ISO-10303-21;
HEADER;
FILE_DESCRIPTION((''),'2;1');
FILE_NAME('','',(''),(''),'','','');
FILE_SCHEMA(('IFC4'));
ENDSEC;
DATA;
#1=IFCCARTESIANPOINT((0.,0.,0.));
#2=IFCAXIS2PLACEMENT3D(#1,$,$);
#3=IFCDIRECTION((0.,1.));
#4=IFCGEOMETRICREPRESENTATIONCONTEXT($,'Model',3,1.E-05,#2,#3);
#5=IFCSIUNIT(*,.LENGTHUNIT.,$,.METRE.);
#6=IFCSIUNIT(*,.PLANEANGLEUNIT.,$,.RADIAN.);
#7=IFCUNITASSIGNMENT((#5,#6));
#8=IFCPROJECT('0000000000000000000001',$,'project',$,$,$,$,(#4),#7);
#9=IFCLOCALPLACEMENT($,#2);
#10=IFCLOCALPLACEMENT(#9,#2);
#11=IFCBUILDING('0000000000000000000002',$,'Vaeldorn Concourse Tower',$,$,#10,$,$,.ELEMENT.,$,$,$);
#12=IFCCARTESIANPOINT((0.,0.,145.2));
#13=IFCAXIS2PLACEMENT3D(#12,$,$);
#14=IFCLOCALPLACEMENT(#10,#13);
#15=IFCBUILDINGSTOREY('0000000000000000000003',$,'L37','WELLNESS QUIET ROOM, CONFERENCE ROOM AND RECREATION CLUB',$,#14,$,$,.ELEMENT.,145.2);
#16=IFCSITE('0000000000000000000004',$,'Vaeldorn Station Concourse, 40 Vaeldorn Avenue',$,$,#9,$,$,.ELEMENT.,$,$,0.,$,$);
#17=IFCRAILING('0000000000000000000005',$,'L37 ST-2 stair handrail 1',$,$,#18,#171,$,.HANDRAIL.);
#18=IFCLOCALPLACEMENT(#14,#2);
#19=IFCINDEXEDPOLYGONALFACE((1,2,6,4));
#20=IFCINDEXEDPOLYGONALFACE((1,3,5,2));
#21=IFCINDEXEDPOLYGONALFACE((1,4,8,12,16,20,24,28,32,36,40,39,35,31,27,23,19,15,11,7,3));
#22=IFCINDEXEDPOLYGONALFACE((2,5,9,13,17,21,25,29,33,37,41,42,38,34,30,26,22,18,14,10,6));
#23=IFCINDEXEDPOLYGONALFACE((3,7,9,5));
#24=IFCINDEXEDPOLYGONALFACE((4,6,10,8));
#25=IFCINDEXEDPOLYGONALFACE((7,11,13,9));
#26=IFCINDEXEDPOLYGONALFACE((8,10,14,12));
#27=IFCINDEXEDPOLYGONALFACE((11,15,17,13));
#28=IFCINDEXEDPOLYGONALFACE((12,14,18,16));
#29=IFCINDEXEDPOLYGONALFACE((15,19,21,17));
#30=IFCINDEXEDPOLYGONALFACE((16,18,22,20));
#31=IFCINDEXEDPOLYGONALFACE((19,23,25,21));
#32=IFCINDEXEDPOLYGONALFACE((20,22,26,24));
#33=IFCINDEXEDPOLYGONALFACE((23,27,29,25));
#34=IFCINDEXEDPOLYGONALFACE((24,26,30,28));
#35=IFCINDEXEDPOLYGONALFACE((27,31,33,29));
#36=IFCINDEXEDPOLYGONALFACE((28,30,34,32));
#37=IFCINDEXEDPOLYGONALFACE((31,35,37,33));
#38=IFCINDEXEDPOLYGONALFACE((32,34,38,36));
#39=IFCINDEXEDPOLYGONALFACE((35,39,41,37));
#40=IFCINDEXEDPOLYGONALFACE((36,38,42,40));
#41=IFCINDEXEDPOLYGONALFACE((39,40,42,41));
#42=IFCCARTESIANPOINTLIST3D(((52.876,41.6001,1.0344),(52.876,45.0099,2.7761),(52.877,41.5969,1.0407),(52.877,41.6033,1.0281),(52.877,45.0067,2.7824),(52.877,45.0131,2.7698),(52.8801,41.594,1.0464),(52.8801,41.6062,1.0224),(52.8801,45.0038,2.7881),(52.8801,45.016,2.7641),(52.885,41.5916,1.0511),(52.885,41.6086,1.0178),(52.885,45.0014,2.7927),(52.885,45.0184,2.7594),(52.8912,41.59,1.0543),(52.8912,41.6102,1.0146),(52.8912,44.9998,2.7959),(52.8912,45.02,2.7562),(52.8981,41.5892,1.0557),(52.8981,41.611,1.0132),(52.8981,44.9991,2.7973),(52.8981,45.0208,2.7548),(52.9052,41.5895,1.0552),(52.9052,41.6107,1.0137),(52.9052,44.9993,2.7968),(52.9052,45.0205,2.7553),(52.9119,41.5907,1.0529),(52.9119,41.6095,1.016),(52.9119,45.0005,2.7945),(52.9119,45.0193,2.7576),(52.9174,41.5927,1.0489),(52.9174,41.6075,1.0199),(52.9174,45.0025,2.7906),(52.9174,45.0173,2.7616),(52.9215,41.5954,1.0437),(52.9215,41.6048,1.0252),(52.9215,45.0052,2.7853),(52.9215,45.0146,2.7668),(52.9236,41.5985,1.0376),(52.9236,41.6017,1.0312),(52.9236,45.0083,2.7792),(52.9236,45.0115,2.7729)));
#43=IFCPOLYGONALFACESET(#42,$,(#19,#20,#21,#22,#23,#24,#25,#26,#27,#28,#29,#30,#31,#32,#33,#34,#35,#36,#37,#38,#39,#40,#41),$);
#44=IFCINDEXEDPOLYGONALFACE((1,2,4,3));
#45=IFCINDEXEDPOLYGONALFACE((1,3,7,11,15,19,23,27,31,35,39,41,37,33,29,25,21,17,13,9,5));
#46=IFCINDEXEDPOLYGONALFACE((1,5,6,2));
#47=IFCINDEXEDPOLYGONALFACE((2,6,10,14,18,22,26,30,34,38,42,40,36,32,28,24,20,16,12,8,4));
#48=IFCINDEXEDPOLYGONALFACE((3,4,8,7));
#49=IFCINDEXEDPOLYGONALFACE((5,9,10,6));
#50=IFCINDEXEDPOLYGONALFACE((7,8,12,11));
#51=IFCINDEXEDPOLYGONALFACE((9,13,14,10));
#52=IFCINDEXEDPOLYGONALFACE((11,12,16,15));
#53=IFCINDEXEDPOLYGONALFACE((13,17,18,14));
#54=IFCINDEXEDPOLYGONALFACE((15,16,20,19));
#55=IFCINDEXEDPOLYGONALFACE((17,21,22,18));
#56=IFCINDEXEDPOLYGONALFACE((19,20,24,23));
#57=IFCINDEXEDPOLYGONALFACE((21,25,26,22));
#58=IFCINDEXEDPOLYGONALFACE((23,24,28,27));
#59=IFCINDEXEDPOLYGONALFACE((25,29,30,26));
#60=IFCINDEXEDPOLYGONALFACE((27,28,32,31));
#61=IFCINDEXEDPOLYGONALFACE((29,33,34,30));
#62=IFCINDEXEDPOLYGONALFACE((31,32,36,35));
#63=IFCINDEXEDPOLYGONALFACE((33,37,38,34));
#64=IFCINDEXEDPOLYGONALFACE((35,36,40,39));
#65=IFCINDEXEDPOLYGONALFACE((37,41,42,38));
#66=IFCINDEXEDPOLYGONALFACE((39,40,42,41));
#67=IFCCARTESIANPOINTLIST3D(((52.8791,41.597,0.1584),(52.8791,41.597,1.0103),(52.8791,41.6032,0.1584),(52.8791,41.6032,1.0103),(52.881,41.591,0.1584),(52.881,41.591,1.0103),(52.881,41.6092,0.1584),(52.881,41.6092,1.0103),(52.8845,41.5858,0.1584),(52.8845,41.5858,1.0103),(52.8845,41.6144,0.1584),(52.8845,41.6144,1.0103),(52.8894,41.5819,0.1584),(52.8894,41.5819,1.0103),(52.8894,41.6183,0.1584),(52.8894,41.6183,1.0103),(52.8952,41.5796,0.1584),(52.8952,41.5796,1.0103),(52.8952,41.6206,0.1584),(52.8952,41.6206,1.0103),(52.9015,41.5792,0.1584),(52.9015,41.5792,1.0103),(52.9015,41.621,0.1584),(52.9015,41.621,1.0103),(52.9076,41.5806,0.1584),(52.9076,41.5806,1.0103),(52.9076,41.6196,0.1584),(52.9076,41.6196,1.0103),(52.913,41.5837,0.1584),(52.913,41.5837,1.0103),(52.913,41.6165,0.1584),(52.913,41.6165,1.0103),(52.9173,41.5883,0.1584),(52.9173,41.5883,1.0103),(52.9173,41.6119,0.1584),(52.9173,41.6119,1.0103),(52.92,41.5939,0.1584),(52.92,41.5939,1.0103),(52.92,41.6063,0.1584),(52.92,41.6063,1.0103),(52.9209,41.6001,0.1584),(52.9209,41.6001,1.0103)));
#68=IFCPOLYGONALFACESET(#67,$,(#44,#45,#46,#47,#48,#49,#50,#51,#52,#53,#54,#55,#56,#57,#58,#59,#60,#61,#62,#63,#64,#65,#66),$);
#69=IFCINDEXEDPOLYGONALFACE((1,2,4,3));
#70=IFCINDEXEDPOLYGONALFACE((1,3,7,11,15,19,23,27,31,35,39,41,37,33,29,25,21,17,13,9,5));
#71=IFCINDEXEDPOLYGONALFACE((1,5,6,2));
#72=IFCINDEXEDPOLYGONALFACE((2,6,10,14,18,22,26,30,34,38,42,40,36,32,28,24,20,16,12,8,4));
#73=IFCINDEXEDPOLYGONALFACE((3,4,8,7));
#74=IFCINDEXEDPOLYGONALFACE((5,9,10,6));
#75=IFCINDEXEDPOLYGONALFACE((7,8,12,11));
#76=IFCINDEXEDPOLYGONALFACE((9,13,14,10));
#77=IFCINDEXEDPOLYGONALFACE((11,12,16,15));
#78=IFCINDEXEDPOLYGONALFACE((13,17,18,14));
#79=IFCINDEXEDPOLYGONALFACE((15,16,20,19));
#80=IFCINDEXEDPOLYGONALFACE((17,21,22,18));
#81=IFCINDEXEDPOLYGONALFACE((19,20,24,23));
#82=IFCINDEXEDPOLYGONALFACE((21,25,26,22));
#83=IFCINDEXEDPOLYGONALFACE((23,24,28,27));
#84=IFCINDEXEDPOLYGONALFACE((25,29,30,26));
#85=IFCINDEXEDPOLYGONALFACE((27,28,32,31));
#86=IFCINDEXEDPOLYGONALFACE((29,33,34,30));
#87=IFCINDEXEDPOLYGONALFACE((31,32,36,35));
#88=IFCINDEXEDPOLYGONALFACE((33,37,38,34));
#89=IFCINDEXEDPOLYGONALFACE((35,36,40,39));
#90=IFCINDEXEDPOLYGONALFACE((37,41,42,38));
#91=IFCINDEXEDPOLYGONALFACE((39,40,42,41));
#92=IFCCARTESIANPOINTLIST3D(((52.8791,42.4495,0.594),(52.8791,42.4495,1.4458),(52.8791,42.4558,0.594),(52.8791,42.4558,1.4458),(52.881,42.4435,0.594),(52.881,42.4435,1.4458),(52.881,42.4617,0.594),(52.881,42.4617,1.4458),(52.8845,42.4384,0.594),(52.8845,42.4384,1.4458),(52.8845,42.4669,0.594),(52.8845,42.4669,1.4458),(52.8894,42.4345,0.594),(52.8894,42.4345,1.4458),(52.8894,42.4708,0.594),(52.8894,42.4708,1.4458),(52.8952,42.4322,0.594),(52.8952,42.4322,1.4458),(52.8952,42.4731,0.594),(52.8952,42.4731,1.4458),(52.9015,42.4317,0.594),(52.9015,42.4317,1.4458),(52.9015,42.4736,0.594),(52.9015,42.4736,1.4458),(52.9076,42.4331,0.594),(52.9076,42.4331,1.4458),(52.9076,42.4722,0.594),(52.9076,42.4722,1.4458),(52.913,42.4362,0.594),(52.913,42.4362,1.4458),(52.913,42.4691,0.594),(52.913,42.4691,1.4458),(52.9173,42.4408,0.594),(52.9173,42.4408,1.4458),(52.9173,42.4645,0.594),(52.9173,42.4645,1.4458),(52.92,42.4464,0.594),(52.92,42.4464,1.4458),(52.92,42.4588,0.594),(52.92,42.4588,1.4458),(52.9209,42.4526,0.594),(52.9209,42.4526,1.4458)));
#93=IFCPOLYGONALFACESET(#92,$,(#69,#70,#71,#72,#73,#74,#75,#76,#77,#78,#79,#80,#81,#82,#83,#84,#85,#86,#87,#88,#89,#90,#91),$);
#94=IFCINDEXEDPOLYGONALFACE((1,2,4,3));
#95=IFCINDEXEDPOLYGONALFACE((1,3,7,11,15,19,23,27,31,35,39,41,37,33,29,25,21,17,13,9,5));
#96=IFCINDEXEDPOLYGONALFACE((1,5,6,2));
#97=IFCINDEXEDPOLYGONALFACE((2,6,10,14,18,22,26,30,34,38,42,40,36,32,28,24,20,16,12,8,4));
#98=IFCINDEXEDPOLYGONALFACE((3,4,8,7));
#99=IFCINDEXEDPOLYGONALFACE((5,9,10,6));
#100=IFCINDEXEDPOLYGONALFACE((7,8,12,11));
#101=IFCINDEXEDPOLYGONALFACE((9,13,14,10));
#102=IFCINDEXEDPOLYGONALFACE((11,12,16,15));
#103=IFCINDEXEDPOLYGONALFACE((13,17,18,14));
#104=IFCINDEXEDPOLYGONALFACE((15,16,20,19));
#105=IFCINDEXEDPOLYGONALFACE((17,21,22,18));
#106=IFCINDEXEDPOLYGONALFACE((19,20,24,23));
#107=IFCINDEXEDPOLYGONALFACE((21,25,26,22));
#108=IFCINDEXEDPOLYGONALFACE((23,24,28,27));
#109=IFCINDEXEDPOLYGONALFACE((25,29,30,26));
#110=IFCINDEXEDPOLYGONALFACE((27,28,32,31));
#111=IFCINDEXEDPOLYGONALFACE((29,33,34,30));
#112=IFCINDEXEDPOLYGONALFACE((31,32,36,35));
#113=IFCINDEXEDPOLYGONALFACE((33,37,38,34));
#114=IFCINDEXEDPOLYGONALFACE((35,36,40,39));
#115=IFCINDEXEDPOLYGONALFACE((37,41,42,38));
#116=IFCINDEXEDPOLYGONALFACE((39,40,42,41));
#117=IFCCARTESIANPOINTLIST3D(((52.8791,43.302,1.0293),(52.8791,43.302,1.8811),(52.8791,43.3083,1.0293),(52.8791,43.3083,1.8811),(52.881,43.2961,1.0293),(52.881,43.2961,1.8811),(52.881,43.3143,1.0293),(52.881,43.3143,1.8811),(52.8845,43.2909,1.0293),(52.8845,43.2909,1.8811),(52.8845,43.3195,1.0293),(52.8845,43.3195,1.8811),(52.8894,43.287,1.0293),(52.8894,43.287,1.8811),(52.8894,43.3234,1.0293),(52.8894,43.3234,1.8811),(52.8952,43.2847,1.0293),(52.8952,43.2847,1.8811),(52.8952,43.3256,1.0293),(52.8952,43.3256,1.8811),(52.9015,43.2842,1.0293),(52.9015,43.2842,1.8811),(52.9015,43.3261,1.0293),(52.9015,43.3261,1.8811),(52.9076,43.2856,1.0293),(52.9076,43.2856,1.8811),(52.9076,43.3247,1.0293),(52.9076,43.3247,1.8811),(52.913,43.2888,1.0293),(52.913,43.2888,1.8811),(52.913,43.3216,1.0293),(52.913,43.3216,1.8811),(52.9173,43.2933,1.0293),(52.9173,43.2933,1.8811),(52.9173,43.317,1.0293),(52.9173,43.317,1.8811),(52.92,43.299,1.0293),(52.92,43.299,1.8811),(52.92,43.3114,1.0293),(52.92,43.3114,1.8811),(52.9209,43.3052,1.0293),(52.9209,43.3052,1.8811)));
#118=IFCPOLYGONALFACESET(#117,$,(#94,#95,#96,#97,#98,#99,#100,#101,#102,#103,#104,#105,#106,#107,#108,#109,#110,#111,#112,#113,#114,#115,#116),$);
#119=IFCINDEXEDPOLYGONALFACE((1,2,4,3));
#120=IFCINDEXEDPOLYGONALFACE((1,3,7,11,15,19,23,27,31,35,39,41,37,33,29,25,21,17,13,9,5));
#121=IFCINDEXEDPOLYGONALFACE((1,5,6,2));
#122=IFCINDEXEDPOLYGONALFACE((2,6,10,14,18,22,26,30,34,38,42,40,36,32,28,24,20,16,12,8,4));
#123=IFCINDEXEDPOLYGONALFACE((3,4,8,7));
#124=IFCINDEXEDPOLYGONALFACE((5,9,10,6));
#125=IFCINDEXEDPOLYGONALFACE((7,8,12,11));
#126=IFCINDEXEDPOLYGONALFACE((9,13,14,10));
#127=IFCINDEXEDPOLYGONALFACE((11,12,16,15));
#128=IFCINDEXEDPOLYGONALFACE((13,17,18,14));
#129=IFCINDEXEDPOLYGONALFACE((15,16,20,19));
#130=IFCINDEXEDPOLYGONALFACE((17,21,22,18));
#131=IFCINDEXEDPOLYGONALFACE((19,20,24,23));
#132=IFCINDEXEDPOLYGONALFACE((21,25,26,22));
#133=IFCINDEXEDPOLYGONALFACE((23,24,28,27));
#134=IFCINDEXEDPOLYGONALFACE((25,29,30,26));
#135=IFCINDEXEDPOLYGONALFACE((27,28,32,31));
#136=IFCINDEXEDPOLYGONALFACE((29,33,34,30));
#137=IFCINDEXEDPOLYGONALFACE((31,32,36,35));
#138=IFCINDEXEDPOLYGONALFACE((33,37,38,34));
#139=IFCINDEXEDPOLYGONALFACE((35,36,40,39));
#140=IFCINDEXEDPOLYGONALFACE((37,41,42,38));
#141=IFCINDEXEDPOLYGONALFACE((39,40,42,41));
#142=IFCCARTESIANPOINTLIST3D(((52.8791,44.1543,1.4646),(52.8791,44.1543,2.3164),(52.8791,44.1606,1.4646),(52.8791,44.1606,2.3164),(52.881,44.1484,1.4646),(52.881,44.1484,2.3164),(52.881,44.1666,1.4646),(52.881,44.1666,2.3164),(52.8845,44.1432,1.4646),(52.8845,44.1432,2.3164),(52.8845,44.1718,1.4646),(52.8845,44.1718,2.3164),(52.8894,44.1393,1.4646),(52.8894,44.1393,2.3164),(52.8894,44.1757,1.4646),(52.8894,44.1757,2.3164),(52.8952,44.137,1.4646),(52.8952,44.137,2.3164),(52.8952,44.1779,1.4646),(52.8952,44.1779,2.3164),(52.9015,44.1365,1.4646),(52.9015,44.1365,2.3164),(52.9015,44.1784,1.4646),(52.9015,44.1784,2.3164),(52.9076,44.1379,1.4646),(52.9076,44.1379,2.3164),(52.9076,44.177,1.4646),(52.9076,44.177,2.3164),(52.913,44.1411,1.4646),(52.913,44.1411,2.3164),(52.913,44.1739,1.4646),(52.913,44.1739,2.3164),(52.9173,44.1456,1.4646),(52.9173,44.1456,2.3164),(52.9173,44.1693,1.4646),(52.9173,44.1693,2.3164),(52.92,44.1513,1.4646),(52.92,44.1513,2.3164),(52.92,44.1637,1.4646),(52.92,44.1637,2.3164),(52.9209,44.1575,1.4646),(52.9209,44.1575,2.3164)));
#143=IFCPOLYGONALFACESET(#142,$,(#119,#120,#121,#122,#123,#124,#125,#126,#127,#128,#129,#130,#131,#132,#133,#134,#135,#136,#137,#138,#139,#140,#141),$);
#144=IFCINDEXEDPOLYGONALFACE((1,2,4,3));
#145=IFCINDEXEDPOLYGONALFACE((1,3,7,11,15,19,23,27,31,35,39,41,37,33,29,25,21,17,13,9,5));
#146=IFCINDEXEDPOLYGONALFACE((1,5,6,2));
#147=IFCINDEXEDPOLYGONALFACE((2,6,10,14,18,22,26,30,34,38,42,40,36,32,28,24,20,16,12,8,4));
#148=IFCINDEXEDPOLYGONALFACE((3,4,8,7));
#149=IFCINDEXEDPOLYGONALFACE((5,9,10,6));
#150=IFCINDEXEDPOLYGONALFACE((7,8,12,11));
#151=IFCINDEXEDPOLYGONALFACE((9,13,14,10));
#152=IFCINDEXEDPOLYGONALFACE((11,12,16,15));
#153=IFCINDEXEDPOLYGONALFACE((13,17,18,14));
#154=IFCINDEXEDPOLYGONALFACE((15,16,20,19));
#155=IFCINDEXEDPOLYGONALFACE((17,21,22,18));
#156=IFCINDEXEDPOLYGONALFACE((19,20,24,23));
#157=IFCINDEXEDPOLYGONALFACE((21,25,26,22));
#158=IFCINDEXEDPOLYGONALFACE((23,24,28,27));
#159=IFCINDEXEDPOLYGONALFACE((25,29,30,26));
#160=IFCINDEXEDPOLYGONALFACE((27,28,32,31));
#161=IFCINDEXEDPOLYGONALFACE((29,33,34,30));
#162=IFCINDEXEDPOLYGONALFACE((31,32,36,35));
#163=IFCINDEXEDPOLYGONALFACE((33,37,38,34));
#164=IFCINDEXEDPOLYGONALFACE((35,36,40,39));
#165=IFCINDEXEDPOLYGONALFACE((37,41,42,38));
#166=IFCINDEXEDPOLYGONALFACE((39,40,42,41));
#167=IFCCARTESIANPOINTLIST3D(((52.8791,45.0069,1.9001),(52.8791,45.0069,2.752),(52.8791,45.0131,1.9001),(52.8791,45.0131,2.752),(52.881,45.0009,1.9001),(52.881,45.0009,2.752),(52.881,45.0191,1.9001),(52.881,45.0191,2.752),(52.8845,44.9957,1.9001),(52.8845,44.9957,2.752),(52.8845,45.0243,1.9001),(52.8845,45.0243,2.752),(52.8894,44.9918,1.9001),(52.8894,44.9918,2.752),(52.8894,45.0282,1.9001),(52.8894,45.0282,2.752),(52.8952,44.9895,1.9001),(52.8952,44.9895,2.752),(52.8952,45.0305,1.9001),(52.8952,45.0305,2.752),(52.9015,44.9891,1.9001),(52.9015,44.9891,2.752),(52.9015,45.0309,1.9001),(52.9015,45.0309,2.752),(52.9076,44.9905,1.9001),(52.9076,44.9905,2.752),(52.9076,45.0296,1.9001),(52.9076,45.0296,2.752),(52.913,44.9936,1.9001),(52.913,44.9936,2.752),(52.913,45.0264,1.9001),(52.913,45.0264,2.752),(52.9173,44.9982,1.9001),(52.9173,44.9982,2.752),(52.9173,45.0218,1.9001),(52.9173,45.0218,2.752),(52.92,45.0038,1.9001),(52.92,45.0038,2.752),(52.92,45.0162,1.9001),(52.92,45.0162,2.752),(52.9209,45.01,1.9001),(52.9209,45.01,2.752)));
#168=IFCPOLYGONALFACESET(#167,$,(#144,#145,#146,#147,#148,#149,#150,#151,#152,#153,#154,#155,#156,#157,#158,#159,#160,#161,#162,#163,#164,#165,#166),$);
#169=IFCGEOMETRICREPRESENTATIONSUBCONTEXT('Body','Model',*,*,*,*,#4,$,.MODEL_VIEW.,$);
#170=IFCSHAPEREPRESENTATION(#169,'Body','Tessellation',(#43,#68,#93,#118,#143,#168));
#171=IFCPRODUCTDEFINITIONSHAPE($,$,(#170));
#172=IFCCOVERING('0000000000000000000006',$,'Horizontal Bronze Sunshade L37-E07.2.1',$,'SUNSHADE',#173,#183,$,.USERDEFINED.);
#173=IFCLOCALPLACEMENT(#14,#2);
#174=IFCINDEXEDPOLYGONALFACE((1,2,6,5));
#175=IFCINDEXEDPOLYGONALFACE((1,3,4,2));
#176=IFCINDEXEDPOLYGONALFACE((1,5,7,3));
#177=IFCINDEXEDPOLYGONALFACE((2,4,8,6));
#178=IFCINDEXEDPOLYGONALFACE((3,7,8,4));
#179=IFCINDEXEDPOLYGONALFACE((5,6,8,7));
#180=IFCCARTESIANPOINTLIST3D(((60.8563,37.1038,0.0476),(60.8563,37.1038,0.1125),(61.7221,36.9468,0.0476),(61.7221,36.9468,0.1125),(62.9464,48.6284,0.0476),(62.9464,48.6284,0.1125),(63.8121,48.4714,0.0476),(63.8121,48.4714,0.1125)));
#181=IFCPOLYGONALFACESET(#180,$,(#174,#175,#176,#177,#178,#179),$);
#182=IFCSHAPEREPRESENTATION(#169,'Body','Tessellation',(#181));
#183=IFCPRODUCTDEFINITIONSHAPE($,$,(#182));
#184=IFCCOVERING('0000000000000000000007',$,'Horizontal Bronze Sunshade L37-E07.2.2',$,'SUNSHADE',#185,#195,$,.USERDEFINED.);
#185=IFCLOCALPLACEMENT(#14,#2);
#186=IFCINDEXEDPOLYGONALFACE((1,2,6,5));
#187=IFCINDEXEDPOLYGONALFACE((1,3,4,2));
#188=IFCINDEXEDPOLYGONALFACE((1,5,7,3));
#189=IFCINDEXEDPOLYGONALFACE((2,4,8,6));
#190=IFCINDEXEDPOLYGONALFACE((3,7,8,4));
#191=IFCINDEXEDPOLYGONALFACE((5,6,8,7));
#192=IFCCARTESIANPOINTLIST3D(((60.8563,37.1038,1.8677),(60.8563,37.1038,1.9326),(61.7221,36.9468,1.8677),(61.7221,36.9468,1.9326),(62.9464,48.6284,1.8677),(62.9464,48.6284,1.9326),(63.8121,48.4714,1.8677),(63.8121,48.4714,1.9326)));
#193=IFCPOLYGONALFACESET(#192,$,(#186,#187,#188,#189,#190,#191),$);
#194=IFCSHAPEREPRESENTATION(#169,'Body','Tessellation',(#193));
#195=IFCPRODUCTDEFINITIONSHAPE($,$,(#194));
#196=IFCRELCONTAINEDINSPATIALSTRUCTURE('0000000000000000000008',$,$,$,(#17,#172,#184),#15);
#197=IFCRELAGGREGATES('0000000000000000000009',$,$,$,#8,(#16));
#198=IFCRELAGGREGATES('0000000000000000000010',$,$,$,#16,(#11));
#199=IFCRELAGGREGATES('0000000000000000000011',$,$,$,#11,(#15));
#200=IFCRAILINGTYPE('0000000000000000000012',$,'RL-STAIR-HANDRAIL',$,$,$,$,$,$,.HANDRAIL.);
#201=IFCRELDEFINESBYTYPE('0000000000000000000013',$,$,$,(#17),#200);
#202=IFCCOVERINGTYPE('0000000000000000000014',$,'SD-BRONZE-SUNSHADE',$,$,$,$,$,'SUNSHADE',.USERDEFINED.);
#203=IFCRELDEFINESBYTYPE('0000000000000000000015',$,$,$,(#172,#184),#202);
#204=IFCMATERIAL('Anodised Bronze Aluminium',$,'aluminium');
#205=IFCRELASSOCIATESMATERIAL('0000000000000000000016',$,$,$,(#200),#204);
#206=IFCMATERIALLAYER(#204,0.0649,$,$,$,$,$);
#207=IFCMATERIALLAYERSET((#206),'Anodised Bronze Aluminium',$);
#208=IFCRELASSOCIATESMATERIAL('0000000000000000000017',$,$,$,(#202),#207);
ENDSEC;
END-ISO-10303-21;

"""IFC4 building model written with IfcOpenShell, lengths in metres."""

from ifc_helpers import new_model, si_unit, direction, frame, origin, origin_2d, place, context, subcontext, project, spatial, rectangle, circle, extrude, source, transform, mapped, material, layer, layer_set, type_object, element, save


model = new_model("IFC4")

# Units and contexts
model_context = context("Model", 3, precision=1e-05, world=origin(), true_north=direction((0.0, 1.0)))
body_context = subcontext(model_context, "Body", "Model", "MODEL_VIEW")
ifc_project = project(units=[si_unit("LENGTHUNIT", "METRE"), si_unit("PLANEANGLEUNIT", "RADIAN")], contexts=[model_context])

# Site, building, storey
site_placement = place(None, origin())
site = spatial("IfcSite", under=ifc_project, at=site_placement, Name="Vaeldorn Station Concourse, 40 Vaeldorn Avenue", CompositionType="ELEMENT", RefElevation=0.0)
building_placement = place(site_placement, origin())
building = spatial("IfcBuilding", under=site, at=building_placement, Name="Vaeldorn Concourse Tower", CompositionType="ELEMENT")
storey_placement = place(building_placement, frame((0.0, 0.0, 145.2)))
storey = spatial("IfcBuildingStorey", under=building, at=storey_placement, Name="L37", Description="WELLNESS QUIET ROOM, CONFERENCE ROOM AND RECREATION CLUB", CompositionType="ELEMENT", Elevation=145.2)

# Shared definitions
ifc_material_1 = material(Name="Anodised Bronze Aluminium", Category="aluminium")

# Railing
railing_type_1 = type_object("IfcRailingType", Name="RL-STAIR-HANDRAIL", PredefinedType="HANDRAIL", material=ifc_material_1)
railing_1_placement = place(storey_placement, frame((52.8999, 41.6001, 0.1584)))
element("IfcRailing", 1, at=railing_1_placement, inside=storey, type_object=railing_type_1, Name="L37 ST-2 stair handrail 1", PredefinedType="HANDRAIL", context=body_context, shape_type="SweptSolid", body=[
    extrude(circle(Radius=0.0239, at=origin_2d()), frame((0.0, 0.0, 0.876), z_axis=(0.0, 0.890556, 0.454874), x_axis=(-1.0, 0.0, 0.0)), (0.0, 0.0, 1.0), 3.8289),
    extrude(circle(Radius=0.021, at=origin_2d()), origin(), (0.0, 0.0, 1.0), 0.8518),
    extrude(circle(Radius=0.021, at=origin_2d()), frame((0.0, 0.8525, 0.4355)), (0.0, 0.0, 1.0), 0.8518),
    extrude(circle(Radius=0.021, at=origin_2d()), frame((0.0, 1.7051, 0.8708)), (0.0, 0.0, 1.0), 0.8518),
    extrude(circle(Radius=0.021, at=origin_2d()), frame((0.0, 2.5574, 1.3062)), (0.0, 0.0, 1.0), 0.8518),
    extrude(circle(Radius=0.021, at=origin_2d()), frame((0.0, 3.4099, 1.7417)), (0.0, 0.0, 1.0), 0.8518),
])

# Coverings
ifc_layer_1 = layer(ifc_material_1, 0.0649)
ifc_layer_set_1 = layer_set([ifc_layer_1], Name="Anodised Bronze Aluminium")
covering_type = type_object("IfcCoveringType", Name="SD-BRONZE-SUNSHADE", ElementType="SUNSHADE", PredefinedType="USERDEFINED", material=ifc_layer_set_1)
shared_shape_1 = source(origin(), body_context, "Body", "SweptSolid", [
    extrude(rectangle(XDim=11.7126, YDim=0.8799, at=origin_2d()), origin(), (0.0, 0.0, 1.0), 0.0649),
])
for number, where, z_axis, x_axis, name in (
    (2, (62.3342, 42.7876, 0.0476), (0.0, 0.0, 1.0), (0.178442, 0.983951, 0.0), "Horizontal Bronze Sunshade L37-E07.2.1"),
    (3, (62.3342, 42.7876, 1.8677), (0.0, 0.0, 1.0), (0.178442, 0.983951, 0.0), "Horizontal Bronze Sunshade L37-E07.2.2"),
):
    element("IfcCovering", number, at=place(storey_placement, frame(where, z_axis=z_axis, x_axis=x_axis)), inside=storey, type_object=covering_type, Name=name, ObjectType="SUNSHADE", PredefinedType="USERDEFINED", context=body_context, shape_type="MappedRepresentation", body=[
        mapped(shared_shape_1, transform((0.0, 0.0, 0.0), scale=1.0)),
    ])

save(model, "model.ifc")
